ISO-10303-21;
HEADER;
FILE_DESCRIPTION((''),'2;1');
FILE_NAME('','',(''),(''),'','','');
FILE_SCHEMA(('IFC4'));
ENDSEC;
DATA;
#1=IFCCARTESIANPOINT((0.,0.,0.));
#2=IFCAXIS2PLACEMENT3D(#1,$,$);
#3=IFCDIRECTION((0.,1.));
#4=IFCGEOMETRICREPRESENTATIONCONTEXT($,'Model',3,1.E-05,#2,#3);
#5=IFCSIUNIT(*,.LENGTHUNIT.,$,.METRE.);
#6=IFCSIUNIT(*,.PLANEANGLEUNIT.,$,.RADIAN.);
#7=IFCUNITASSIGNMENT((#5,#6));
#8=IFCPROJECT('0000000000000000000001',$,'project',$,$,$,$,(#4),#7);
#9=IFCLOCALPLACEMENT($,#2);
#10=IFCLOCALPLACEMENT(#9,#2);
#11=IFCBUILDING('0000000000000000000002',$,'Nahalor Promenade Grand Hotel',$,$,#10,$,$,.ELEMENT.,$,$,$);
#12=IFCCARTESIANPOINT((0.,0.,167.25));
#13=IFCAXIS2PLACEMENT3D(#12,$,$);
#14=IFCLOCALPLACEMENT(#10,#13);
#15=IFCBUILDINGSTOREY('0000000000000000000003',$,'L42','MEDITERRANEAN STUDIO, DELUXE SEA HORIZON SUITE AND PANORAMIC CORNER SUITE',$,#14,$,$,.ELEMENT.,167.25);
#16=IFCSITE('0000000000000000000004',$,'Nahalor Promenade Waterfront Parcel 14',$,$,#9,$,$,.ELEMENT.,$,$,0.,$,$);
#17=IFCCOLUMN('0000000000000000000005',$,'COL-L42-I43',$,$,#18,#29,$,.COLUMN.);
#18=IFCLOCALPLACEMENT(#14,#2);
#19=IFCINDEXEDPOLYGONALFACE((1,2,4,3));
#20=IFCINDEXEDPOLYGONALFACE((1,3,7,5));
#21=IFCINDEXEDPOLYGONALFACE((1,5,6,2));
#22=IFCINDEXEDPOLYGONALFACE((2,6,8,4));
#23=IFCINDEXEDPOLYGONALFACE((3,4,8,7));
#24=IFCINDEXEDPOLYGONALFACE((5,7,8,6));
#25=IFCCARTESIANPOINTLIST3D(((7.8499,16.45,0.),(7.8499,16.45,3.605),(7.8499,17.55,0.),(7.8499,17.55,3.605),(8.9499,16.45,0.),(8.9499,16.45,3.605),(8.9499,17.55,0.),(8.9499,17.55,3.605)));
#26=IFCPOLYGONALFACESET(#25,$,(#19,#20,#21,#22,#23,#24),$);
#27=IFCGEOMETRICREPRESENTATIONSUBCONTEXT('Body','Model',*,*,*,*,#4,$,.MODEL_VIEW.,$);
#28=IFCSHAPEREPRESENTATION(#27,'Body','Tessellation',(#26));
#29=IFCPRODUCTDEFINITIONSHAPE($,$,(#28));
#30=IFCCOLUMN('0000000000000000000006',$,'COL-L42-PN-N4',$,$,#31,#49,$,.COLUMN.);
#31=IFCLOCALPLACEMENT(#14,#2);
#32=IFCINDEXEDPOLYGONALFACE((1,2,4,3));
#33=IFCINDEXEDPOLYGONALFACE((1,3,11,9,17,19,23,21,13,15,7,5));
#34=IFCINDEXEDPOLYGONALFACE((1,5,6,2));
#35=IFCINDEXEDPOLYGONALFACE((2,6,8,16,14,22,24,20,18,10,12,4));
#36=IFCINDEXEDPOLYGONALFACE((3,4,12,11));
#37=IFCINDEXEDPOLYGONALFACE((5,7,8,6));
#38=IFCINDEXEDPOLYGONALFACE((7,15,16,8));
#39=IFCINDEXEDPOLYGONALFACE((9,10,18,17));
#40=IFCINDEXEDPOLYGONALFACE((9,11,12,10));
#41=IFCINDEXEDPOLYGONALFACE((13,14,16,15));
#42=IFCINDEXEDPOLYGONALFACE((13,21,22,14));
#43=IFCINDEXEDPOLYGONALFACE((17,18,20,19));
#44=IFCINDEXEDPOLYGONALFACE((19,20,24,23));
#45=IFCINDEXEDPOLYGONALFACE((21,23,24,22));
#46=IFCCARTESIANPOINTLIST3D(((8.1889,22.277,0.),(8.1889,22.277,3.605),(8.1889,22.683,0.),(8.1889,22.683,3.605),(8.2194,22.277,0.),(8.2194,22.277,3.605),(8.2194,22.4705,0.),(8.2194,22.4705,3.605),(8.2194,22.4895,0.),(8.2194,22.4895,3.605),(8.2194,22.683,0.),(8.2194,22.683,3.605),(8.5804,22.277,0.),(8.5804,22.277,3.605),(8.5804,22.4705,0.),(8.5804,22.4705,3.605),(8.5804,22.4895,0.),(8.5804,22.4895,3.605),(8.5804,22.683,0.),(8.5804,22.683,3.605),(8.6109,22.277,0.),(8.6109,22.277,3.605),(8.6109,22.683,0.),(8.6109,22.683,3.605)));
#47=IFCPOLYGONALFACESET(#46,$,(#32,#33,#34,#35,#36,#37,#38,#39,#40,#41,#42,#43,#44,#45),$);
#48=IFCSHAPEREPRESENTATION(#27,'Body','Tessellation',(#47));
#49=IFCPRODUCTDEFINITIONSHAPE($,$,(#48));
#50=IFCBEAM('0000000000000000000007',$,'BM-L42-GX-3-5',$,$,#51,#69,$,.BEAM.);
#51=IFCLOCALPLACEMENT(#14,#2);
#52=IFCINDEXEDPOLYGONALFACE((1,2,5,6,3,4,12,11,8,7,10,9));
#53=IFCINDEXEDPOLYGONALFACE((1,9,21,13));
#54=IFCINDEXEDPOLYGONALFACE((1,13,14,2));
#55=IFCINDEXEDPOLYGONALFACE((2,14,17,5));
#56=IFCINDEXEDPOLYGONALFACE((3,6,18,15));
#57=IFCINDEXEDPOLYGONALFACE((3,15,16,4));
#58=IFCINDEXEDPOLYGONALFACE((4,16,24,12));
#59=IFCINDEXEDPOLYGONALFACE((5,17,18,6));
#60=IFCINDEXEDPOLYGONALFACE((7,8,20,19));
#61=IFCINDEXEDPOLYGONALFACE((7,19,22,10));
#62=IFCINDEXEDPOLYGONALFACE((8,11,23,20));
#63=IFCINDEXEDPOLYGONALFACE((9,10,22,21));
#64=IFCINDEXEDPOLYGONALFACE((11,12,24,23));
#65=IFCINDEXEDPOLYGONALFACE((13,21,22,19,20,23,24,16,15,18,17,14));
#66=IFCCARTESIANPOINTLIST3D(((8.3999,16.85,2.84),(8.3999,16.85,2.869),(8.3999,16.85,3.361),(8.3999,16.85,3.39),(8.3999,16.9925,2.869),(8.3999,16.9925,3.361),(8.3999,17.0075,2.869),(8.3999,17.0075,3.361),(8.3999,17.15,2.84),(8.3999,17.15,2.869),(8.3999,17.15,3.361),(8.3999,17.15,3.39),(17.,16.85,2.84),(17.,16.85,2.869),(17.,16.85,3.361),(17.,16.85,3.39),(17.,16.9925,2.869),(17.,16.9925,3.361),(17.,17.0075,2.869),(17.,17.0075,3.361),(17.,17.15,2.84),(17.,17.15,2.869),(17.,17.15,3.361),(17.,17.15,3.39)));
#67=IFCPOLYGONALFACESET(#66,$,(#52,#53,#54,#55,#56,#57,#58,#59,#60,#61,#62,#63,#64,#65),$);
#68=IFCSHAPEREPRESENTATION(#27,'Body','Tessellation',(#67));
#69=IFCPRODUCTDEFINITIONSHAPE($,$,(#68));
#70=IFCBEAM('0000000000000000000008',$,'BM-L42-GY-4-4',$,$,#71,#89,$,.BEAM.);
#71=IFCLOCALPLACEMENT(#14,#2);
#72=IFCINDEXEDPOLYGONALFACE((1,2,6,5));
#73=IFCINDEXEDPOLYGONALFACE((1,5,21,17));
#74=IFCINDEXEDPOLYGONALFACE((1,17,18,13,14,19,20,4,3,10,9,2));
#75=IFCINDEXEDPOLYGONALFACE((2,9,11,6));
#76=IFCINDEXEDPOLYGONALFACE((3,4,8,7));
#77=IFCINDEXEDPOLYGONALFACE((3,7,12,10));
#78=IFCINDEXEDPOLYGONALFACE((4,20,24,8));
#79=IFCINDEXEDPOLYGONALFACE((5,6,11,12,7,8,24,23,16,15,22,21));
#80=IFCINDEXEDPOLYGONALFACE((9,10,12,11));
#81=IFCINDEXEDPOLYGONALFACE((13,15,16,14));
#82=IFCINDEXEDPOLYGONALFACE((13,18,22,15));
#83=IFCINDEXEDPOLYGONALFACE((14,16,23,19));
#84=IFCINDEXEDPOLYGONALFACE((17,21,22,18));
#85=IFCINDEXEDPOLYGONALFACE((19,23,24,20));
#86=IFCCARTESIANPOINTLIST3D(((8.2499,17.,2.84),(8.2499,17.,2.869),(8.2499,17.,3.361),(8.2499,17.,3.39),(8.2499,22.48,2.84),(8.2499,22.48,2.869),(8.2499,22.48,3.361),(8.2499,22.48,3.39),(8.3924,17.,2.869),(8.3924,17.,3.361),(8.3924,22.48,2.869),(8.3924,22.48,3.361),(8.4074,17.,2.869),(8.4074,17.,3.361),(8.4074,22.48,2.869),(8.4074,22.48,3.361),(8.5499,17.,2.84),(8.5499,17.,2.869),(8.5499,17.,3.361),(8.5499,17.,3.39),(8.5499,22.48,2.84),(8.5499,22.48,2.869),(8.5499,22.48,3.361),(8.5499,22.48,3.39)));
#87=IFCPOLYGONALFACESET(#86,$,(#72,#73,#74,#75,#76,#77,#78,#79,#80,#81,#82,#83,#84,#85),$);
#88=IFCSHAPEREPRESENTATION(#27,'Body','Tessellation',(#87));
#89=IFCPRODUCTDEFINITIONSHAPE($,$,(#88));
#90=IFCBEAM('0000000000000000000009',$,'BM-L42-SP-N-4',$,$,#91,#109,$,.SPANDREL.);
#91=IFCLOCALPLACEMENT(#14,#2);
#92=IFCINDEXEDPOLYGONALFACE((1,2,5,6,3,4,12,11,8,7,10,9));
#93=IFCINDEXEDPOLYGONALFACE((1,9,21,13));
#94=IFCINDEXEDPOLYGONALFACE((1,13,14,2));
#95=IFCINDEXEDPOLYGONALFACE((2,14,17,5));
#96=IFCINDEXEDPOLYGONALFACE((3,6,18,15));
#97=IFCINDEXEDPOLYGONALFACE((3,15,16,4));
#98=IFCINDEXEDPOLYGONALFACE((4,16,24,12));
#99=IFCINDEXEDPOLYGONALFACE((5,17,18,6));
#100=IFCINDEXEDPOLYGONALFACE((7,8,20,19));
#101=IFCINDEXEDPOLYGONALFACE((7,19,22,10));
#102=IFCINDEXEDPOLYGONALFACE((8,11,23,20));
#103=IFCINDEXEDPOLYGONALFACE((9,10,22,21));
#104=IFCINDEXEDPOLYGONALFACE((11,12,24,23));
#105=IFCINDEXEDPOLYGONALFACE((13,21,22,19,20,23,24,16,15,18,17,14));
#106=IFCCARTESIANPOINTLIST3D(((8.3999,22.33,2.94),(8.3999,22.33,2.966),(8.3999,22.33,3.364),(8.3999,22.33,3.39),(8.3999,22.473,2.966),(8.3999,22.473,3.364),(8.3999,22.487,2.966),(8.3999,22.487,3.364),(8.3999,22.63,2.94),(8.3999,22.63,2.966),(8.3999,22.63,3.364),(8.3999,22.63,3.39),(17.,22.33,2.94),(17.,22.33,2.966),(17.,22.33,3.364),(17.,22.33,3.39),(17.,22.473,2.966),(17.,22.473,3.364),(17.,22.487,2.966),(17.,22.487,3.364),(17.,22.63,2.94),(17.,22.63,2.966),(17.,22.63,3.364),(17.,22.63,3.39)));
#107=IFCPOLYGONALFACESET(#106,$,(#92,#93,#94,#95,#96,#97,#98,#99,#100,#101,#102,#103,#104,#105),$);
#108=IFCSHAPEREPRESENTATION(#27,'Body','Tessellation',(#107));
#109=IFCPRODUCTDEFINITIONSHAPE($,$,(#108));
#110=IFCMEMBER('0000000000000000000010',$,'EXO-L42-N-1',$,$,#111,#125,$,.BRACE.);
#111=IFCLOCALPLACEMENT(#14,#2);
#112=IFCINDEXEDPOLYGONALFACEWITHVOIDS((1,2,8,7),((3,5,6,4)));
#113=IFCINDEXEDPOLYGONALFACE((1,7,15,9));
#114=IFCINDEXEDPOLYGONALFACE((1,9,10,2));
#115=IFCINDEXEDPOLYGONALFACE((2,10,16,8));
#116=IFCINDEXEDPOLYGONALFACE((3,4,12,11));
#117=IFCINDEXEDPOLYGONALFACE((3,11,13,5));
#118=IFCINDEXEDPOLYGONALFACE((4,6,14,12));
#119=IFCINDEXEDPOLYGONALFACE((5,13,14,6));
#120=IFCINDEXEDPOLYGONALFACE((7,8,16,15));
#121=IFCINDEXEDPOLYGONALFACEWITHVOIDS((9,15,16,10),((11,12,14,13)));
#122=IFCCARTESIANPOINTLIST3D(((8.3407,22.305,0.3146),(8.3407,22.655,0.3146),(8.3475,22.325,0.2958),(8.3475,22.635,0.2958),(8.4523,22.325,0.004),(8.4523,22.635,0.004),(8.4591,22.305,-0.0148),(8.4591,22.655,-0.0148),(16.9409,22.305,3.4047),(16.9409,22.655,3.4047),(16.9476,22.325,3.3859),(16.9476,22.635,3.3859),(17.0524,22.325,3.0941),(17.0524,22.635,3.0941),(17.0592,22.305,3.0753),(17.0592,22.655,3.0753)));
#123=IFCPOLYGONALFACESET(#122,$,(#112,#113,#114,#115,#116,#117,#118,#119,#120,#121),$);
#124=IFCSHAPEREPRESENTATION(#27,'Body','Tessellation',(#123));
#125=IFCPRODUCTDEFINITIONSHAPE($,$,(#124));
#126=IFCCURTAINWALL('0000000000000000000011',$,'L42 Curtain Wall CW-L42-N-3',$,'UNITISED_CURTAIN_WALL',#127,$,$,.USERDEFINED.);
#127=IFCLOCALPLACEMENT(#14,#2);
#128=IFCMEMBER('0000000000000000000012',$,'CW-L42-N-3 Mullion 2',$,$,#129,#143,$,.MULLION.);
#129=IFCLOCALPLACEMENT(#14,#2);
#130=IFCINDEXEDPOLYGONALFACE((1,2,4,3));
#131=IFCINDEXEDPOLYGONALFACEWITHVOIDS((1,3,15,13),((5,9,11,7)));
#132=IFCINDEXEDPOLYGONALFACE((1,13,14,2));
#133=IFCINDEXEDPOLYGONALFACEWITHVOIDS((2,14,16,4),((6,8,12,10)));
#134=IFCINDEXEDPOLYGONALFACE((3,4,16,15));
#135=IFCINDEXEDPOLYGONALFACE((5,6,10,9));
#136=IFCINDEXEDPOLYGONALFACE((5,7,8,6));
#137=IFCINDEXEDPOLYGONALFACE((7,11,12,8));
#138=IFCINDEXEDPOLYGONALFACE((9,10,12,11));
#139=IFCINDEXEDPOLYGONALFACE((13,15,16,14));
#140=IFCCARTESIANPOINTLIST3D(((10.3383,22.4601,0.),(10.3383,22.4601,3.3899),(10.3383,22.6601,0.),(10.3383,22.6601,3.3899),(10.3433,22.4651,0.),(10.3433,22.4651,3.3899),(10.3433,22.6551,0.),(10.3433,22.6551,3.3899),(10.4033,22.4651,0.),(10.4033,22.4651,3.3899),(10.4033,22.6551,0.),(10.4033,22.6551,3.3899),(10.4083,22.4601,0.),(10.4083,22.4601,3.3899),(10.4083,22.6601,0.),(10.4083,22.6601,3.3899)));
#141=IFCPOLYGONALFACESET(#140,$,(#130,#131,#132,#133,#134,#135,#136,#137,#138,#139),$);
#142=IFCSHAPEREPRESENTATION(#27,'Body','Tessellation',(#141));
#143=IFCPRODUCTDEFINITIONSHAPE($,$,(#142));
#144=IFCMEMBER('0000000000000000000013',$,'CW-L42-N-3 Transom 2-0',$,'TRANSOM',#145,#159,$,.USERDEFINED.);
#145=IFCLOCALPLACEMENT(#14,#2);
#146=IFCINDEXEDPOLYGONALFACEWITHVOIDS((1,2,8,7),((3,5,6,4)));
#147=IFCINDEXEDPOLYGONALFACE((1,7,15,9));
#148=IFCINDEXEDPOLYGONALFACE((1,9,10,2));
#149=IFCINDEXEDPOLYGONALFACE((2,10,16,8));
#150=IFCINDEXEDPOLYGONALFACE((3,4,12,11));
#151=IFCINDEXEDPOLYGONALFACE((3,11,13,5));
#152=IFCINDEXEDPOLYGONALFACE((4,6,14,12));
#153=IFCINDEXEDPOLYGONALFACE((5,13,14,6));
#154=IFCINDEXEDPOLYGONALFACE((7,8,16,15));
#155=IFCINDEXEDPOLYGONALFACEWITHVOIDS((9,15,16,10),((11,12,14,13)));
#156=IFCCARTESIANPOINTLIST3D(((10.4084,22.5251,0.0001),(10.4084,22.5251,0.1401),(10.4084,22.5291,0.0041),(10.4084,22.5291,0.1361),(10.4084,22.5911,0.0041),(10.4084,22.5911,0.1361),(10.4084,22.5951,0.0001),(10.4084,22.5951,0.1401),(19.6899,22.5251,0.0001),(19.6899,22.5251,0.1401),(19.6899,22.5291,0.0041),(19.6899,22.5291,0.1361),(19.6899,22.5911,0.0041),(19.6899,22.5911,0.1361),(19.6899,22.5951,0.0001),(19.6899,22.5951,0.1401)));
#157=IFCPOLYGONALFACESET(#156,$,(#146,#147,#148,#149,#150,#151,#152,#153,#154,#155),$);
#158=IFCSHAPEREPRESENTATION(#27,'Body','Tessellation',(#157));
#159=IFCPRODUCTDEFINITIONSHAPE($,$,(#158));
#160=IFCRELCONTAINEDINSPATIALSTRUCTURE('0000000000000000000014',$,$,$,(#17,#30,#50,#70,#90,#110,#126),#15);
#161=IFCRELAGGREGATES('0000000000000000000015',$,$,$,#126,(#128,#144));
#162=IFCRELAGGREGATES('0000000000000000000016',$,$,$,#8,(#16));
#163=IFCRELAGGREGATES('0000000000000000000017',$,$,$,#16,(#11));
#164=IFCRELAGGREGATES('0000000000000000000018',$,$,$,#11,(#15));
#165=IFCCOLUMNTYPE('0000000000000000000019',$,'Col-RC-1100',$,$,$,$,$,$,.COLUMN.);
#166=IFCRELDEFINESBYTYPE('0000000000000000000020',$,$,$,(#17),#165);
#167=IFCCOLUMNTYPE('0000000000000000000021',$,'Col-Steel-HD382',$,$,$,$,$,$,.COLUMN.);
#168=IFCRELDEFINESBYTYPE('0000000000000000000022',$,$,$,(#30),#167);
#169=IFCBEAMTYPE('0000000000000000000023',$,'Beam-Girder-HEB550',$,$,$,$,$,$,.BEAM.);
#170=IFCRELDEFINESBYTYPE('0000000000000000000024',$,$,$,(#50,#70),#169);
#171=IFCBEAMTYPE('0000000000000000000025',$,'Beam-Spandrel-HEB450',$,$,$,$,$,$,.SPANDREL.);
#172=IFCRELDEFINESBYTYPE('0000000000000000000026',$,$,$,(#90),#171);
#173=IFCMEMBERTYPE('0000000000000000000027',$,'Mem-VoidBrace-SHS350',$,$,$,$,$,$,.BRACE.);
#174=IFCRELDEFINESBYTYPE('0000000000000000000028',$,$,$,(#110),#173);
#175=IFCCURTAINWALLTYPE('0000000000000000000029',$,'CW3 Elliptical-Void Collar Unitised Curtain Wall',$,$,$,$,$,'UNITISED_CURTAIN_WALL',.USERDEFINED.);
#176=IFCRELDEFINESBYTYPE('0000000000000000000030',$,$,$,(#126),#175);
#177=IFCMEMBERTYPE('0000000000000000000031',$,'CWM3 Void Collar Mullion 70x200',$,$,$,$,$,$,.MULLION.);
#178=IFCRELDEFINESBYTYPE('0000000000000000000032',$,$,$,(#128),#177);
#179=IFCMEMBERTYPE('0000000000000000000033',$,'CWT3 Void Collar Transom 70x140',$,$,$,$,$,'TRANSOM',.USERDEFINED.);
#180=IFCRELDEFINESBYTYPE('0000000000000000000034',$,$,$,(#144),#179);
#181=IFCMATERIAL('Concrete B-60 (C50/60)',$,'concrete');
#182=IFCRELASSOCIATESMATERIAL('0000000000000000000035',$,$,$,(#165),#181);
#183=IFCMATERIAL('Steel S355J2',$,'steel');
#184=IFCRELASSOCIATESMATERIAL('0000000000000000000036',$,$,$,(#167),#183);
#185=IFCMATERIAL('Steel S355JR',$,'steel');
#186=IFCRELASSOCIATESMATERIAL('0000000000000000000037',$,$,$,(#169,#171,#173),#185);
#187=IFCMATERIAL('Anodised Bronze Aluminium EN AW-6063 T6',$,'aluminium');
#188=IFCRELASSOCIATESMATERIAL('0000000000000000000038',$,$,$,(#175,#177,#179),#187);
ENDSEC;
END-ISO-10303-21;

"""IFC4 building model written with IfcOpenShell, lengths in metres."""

from ifc_helpers import new_model, si_unit, direction, frame, origin, origin_2d, place, context, subcontext, project, spatial, rectangle, hollow_rectangle, i_section, extrude, source, transform, mapped, material, material_profile, profile_set, type_object, element, aggregate, save


model = new_model("IFC4")

# Units and contexts
model_context = context("Model", 3, precision=1e-05, world=origin(), true_north=direction((0.0, 1.0)))
body_context = subcontext(model_context, "Body", "Model", "MODEL_VIEW")
ifc_project = project(units=[si_unit("LENGTHUNIT", "METRE"), si_unit("PLANEANGLEUNIT", "RADIAN")], contexts=[model_context])

# Site, building, storey
site_placement = place(None, origin())
site = spatial("IfcSite", under=ifc_project, at=site_placement, Name="Nahalor Promenade Waterfront Parcel 14", CompositionType="ELEMENT", RefElevation=0.0)
building_placement = place(site_placement, origin())
building = spatial("IfcBuilding", under=site, at=building_placement, Name="Nahalor Promenade Grand Hotel", CompositionType="ELEMENT")
storey_placement = place(building_placement, frame((0.0, 0.0, 167.25)))
storey = spatial("IfcBuildingStorey", under=building, at=storey_placement, Name="L42", Description="MEDITERRANEAN STUDIO, DELUXE SEA HORIZON SUITE AND PANORAMIC CORNER SUITE", CompositionType="ELEMENT", Elevation=167.25)

# Columns
ifc_material_1 = material(Name="Concrete B-60 (C50/60)", Category="concrete")
ifc_material_profile_1 = material_profile(ifc_material_1, rectangle(XDim=1.1, YDim=1.1, at=origin_2d()), Name="RC 1100x1100")
ifc_profile_set_1 = profile_set([ifc_material_profile_1], Name="Concrete B-60 (C50/60)")
column_type_1 = type_object("IfcColumnType", Name="Col-RC-1100", PredefinedType="COLUMN", material=ifc_profile_set_1)
shared_shape_1 = source(origin(), body_context, "Body", "SweptSolid", [
    extrude(rectangle(XDim=1.1, YDim=1.1, at=origin_2d()), origin(), (0.0, 0.0, 1.0), 3.605),
])
column_1_placement = place(storey_placement, frame((8.3999, 17.0, 0.0), z_axis=(0.0, 0.0, 1.0), x_axis=(1.0, 0.0, 0.0)))
element("IfcColumn", 1, at=column_1_placement, inside=storey, type_object=column_type_1, Name="COL-L42-I43", PredefinedType="COLUMN", context=body_context, shape_type="MappedRepresentation", body=[
    mapped(shared_shape_1, transform((0.0, 0.0, 0.0), scale=1.0)),
])
ifc_material_2 = material(Name="Steel S355J2", Category="steel")
ifc_material_profile_2 = material_profile(ifc_material_2, i_section(OverallWidth=0.406, OverallDepth=0.422, WebThickness=0.019, FlangeThickness=0.0305, at=origin_2d()), Name="HD 400x382")
ifc_profile_set_2 = profile_set([ifc_material_profile_2], Name="Steel S355J2")
column_type_2 = type_object("IfcColumnType", Name="Col-Steel-HD382", PredefinedType="COLUMN", material=ifc_profile_set_2)
shared_shape_2 = source(origin(), body_context, "Body", "SweptSolid", [
    extrude(i_section(OverallWidth=0.406, OverallDepth=0.422, WebThickness=0.019, FlangeThickness=0.0305, at=origin_2d()), origin(), (0.0, 0.0, 1.0), 3.605),
])
column_2_placement = place(storey_placement, frame((8.3999, 22.48, 0.0), z_axis=(0.0, 0.0, 1.0), x_axis=(0.0, 1.0, 0.0)))
element("IfcColumn", 2, at=column_2_placement, inside=storey, type_object=column_type_2, Name="COL-L42-PN-N4", PredefinedType="COLUMN", context=body_context, shape_type="MappedRepresentation", body=[
    mapped(shared_shape_2, transform((0.0, 0.0, 0.0), scale=1.0)),
])

# Beams
ifc_material_3 = material(Name="Steel S355JR", Category="steel")
ifc_material_profile_3 = material_profile(ifc_material_3, i_section(OverallWidth=0.3, OverallDepth=0.55, WebThickness=0.015, FlangeThickness=0.029, at=origin_2d()), Name="HEB 550")
ifc_profile_set_3 = profile_set([ifc_material_profile_3], Name="Steel S355JR")
beam_type_1 = type_object("IfcBeamType", Name="Beam-Girder-HEB550", PredefinedType="BEAM", material=ifc_profile_set_3)
shared_shape_3 = source(origin(), body_context, "Body", "SweptSolid", [
    extrude(i_section(OverallWidth=0.3, OverallDepth=0.55, WebThickness=0.015, FlangeThickness=0.029, at=origin_2d()), origin(), (0.0, 0.0, 1.0), 8.6001),
])
beam_1_placement = place(storey_placement, frame((8.3999, 17.0, 3.115), z_axis=(1.0, 0.0, 0.0), x_axis=(0.0, 1.0, 0.0)))
element("IfcBeam", 3, at=beam_1_placement, inside=storey, type_object=beam_type_1, Name="BM-L42-GX-3-5", PredefinedType="BEAM", context=body_context, shape_type="MappedRepresentation", body=[
    mapped(shared_shape_3, transform((0.0, 0.0, 0.0), scale=1.0)),
])
shared_shape_4 = source(origin(), body_context, "Body", "SweptSolid", [
    extrude(i_section(OverallWidth=0.3, OverallDepth=0.55, WebThickness=0.015, FlangeThickness=0.029, at=origin_2d()), origin(), (0.0, 0.0, 1.0), 5.48),
])
beam_2_placement = place(storey_placement, frame((8.3999, 17.0, 3.115), z_axis=(0.0, 1.0, 0.0), x_axis=(-1.0, 0.0, 0.0)))
element("IfcBeam", 4, at=beam_2_placement, inside=storey, type_object=beam_type_1, Name="BM-L42-GY-4-4", PredefinedType="BEAM", context=body_context, shape_type="MappedRepresentation", body=[
    mapped(shared_shape_4, transform((0.0, 0.0, 0.0), scale=1.0)),
])
ifc_material_profile_4 = material_profile(ifc_material_3, i_section(OverallWidth=0.3, OverallDepth=0.45, WebThickness=0.014, FlangeThickness=0.026, at=origin_2d()), Name="HEB 450")
ifc_profile_set_4 = profile_set([ifc_material_profile_4], Name="Steel S355JR")
beam_type_2 = type_object("IfcBeamType", Name="Beam-Spandrel-HEB450", PredefinedType="SPANDREL", material=ifc_profile_set_4)
shared_shape_5 = source(origin(), body_context, "Body", "SweptSolid", [
    extrude(i_section(OverallWidth=0.3, OverallDepth=0.45, WebThickness=0.014, FlangeThickness=0.026, at=origin_2d()), origin(), (0.0, 0.0, 1.0), 8.6001),
])
beam_3_placement = place(storey_placement, frame((8.3999, 22.48, 3.165), z_axis=(1.0, 0.0, 0.0), x_axis=(0.0, 1.0, 0.0)))
element("IfcBeam", 5, at=beam_3_placement, inside=storey, type_object=beam_type_2, Name="BM-L42-SP-N-4", PredefinedType="SPANDREL", context=body_context, shape_type="MappedRepresentation", body=[
    mapped(shared_shape_5, transform((0.0, 0.0, 0.0), scale=1.0)),
])

# Member
ifc_material_profile_5 = material_profile(ifc_material_3, hollow_rectangle(XDim=0.35, YDim=0.35, WallThickness=0.02, at=origin_2d()), Name="SHS 350x350x20")
ifc_profile_set_5 = profile_set([ifc_material_profile_5], Name="Steel S355JR")
member_type_1 = type_object("IfcMemberType", Name="Mem-VoidBrace-SHS350", PredefinedType="BRACE", material=ifc_profile_set_5)
shared_shape_6 = source(origin(), body_context, "Body", "SweptSolid", [
    extrude(hollow_rectangle(XDim=0.35, YDim=0.35, WallThickness=0.02, at=origin_2d()), origin(), (0.0, 0.0, 1.0), 9.1384),
])
member_1_placement = place(storey_placement, frame((8.3999, 22.48, 0.1499), z_axis=(0.941095, 0.0, 0.338143), x_axis=(0.0, 1.0, 0.0)))
element("IfcMember", 6, at=member_1_placement, inside=storey, type_object=member_type_1, Name="EXO-L42-N-1", PredefinedType="BRACE", context=body_context, shape_type="MappedRepresentation", body=[
    mapped(shared_shape_6, transform((0.0, 0.0, 0.0), scale=1.0)),
])

# Curtain wall, members
ifc_material_4 = material(Name="Anodised Bronze Aluminium EN AW-6063 T6", Category="aluminium")
curtain_wall_type = type_object("IfcCurtainWallType", Name="CW3 Elliptical-Void Collar Unitised Curtain Wall", ElementType="UNITISED_CURTAIN_WALL", PredefinedType="USERDEFINED", material=ifc_material_4)
curtain_wall_placement = place(storey_placement, origin())
curtain_wall = element("IfcCurtainWall", 7, at=curtain_wall_placement, inside=storey, type_object=curtain_wall_type, Name="L42 Curtain Wall CW-L42-N-3", ObjectType="UNITISED_CURTAIN_WALL", PredefinedType="USERDEFINED")
ifc_material_profile_6 = material_profile(ifc_material_4, hollow_rectangle(XDim=0.07, YDim=0.2, WallThickness=0.005, at=origin_2d()), Name="CWM 70x200x5")
ifc_profile_set_6 = profile_set([ifc_material_profile_6], Name="Anodised Bronze Aluminium EN AW-6063 T6")
member_type_2 = type_object("IfcMemberType", Name="CWM3 Void Collar Mullion 70x200", PredefinedType="MULLION", material=ifc_profile_set_6)
shared_shape_7 = source(origin(), body_context, "Body", "SweptSolid", [
    extrude(hollow_rectangle(XDim=0.07, YDim=0.2, WallThickness=0.005, at=origin_2d()), origin(), (0.0, 0.0, 1.0), 3.3899),
])
member_2_placement = place(storey_placement, frame((10.3733, 22.5601, 0.0), z_axis=(0.0, 0.0, 1.0), x_axis=(1.0, 0.0, 0.0)))
member_2 = element("IfcMember", 8, at=member_2_placement, type_object=member_type_2, Name="CW-L42-N-3 Mullion 2", PredefinedType="MULLION", context=body_context, shape_type="MappedRepresentation", body=[
    mapped(shared_shape_7, transform((0.0, 0.0, 0.0), scale=1.0)),
])
ifc_material_profile_7 = material_profile(ifc_material_4, hollow_rectangle(XDim=0.07, YDim=0.14, WallThickness=0.004, at=origin_2d()), Name="CWT 70x140x4")
ifc_profile_set_7 = profile_set([ifc_material_profile_7], Name="Anodised Bronze Aluminium EN AW-6063 T6")
member_type_3 = type_object("IfcMemberType", Name="CWT3 Void Collar Transom 70x140", ElementType="TRANSOM", PredefinedType="USERDEFINED", material=ifc_profile_set_7)
shared_shape_8 = source(origin(), body_context, "Body", "SweptSolid", [
    extrude(hollow_rectangle(XDim=0.07, YDim=0.14, WallThickness=0.004, at=origin_2d()), origin(), (0.0, 0.0, 1.0), 9.2815),
])
member_3_placement = place(storey_placement, frame((10.4084, 22.5601, 0.0701), z_axis=(1.0, 0.0, 0.0), x_axis=(0.0, 1.0, 0.0)))
member_3 = element("IfcMember", 9, at=member_3_placement, type_object=member_type_3, Name="CW-L42-N-3 Transom 2-0", ObjectType="TRANSOM", PredefinedType="USERDEFINED", context=body_context, shape_type="MappedRepresentation", body=[
    mapped(shared_shape_8, transform((0.0, 0.0, 0.0), scale=1.0)),
])
aggregate(curtain_wall, [member_2, member_3])

save(model, "model.ifc")
